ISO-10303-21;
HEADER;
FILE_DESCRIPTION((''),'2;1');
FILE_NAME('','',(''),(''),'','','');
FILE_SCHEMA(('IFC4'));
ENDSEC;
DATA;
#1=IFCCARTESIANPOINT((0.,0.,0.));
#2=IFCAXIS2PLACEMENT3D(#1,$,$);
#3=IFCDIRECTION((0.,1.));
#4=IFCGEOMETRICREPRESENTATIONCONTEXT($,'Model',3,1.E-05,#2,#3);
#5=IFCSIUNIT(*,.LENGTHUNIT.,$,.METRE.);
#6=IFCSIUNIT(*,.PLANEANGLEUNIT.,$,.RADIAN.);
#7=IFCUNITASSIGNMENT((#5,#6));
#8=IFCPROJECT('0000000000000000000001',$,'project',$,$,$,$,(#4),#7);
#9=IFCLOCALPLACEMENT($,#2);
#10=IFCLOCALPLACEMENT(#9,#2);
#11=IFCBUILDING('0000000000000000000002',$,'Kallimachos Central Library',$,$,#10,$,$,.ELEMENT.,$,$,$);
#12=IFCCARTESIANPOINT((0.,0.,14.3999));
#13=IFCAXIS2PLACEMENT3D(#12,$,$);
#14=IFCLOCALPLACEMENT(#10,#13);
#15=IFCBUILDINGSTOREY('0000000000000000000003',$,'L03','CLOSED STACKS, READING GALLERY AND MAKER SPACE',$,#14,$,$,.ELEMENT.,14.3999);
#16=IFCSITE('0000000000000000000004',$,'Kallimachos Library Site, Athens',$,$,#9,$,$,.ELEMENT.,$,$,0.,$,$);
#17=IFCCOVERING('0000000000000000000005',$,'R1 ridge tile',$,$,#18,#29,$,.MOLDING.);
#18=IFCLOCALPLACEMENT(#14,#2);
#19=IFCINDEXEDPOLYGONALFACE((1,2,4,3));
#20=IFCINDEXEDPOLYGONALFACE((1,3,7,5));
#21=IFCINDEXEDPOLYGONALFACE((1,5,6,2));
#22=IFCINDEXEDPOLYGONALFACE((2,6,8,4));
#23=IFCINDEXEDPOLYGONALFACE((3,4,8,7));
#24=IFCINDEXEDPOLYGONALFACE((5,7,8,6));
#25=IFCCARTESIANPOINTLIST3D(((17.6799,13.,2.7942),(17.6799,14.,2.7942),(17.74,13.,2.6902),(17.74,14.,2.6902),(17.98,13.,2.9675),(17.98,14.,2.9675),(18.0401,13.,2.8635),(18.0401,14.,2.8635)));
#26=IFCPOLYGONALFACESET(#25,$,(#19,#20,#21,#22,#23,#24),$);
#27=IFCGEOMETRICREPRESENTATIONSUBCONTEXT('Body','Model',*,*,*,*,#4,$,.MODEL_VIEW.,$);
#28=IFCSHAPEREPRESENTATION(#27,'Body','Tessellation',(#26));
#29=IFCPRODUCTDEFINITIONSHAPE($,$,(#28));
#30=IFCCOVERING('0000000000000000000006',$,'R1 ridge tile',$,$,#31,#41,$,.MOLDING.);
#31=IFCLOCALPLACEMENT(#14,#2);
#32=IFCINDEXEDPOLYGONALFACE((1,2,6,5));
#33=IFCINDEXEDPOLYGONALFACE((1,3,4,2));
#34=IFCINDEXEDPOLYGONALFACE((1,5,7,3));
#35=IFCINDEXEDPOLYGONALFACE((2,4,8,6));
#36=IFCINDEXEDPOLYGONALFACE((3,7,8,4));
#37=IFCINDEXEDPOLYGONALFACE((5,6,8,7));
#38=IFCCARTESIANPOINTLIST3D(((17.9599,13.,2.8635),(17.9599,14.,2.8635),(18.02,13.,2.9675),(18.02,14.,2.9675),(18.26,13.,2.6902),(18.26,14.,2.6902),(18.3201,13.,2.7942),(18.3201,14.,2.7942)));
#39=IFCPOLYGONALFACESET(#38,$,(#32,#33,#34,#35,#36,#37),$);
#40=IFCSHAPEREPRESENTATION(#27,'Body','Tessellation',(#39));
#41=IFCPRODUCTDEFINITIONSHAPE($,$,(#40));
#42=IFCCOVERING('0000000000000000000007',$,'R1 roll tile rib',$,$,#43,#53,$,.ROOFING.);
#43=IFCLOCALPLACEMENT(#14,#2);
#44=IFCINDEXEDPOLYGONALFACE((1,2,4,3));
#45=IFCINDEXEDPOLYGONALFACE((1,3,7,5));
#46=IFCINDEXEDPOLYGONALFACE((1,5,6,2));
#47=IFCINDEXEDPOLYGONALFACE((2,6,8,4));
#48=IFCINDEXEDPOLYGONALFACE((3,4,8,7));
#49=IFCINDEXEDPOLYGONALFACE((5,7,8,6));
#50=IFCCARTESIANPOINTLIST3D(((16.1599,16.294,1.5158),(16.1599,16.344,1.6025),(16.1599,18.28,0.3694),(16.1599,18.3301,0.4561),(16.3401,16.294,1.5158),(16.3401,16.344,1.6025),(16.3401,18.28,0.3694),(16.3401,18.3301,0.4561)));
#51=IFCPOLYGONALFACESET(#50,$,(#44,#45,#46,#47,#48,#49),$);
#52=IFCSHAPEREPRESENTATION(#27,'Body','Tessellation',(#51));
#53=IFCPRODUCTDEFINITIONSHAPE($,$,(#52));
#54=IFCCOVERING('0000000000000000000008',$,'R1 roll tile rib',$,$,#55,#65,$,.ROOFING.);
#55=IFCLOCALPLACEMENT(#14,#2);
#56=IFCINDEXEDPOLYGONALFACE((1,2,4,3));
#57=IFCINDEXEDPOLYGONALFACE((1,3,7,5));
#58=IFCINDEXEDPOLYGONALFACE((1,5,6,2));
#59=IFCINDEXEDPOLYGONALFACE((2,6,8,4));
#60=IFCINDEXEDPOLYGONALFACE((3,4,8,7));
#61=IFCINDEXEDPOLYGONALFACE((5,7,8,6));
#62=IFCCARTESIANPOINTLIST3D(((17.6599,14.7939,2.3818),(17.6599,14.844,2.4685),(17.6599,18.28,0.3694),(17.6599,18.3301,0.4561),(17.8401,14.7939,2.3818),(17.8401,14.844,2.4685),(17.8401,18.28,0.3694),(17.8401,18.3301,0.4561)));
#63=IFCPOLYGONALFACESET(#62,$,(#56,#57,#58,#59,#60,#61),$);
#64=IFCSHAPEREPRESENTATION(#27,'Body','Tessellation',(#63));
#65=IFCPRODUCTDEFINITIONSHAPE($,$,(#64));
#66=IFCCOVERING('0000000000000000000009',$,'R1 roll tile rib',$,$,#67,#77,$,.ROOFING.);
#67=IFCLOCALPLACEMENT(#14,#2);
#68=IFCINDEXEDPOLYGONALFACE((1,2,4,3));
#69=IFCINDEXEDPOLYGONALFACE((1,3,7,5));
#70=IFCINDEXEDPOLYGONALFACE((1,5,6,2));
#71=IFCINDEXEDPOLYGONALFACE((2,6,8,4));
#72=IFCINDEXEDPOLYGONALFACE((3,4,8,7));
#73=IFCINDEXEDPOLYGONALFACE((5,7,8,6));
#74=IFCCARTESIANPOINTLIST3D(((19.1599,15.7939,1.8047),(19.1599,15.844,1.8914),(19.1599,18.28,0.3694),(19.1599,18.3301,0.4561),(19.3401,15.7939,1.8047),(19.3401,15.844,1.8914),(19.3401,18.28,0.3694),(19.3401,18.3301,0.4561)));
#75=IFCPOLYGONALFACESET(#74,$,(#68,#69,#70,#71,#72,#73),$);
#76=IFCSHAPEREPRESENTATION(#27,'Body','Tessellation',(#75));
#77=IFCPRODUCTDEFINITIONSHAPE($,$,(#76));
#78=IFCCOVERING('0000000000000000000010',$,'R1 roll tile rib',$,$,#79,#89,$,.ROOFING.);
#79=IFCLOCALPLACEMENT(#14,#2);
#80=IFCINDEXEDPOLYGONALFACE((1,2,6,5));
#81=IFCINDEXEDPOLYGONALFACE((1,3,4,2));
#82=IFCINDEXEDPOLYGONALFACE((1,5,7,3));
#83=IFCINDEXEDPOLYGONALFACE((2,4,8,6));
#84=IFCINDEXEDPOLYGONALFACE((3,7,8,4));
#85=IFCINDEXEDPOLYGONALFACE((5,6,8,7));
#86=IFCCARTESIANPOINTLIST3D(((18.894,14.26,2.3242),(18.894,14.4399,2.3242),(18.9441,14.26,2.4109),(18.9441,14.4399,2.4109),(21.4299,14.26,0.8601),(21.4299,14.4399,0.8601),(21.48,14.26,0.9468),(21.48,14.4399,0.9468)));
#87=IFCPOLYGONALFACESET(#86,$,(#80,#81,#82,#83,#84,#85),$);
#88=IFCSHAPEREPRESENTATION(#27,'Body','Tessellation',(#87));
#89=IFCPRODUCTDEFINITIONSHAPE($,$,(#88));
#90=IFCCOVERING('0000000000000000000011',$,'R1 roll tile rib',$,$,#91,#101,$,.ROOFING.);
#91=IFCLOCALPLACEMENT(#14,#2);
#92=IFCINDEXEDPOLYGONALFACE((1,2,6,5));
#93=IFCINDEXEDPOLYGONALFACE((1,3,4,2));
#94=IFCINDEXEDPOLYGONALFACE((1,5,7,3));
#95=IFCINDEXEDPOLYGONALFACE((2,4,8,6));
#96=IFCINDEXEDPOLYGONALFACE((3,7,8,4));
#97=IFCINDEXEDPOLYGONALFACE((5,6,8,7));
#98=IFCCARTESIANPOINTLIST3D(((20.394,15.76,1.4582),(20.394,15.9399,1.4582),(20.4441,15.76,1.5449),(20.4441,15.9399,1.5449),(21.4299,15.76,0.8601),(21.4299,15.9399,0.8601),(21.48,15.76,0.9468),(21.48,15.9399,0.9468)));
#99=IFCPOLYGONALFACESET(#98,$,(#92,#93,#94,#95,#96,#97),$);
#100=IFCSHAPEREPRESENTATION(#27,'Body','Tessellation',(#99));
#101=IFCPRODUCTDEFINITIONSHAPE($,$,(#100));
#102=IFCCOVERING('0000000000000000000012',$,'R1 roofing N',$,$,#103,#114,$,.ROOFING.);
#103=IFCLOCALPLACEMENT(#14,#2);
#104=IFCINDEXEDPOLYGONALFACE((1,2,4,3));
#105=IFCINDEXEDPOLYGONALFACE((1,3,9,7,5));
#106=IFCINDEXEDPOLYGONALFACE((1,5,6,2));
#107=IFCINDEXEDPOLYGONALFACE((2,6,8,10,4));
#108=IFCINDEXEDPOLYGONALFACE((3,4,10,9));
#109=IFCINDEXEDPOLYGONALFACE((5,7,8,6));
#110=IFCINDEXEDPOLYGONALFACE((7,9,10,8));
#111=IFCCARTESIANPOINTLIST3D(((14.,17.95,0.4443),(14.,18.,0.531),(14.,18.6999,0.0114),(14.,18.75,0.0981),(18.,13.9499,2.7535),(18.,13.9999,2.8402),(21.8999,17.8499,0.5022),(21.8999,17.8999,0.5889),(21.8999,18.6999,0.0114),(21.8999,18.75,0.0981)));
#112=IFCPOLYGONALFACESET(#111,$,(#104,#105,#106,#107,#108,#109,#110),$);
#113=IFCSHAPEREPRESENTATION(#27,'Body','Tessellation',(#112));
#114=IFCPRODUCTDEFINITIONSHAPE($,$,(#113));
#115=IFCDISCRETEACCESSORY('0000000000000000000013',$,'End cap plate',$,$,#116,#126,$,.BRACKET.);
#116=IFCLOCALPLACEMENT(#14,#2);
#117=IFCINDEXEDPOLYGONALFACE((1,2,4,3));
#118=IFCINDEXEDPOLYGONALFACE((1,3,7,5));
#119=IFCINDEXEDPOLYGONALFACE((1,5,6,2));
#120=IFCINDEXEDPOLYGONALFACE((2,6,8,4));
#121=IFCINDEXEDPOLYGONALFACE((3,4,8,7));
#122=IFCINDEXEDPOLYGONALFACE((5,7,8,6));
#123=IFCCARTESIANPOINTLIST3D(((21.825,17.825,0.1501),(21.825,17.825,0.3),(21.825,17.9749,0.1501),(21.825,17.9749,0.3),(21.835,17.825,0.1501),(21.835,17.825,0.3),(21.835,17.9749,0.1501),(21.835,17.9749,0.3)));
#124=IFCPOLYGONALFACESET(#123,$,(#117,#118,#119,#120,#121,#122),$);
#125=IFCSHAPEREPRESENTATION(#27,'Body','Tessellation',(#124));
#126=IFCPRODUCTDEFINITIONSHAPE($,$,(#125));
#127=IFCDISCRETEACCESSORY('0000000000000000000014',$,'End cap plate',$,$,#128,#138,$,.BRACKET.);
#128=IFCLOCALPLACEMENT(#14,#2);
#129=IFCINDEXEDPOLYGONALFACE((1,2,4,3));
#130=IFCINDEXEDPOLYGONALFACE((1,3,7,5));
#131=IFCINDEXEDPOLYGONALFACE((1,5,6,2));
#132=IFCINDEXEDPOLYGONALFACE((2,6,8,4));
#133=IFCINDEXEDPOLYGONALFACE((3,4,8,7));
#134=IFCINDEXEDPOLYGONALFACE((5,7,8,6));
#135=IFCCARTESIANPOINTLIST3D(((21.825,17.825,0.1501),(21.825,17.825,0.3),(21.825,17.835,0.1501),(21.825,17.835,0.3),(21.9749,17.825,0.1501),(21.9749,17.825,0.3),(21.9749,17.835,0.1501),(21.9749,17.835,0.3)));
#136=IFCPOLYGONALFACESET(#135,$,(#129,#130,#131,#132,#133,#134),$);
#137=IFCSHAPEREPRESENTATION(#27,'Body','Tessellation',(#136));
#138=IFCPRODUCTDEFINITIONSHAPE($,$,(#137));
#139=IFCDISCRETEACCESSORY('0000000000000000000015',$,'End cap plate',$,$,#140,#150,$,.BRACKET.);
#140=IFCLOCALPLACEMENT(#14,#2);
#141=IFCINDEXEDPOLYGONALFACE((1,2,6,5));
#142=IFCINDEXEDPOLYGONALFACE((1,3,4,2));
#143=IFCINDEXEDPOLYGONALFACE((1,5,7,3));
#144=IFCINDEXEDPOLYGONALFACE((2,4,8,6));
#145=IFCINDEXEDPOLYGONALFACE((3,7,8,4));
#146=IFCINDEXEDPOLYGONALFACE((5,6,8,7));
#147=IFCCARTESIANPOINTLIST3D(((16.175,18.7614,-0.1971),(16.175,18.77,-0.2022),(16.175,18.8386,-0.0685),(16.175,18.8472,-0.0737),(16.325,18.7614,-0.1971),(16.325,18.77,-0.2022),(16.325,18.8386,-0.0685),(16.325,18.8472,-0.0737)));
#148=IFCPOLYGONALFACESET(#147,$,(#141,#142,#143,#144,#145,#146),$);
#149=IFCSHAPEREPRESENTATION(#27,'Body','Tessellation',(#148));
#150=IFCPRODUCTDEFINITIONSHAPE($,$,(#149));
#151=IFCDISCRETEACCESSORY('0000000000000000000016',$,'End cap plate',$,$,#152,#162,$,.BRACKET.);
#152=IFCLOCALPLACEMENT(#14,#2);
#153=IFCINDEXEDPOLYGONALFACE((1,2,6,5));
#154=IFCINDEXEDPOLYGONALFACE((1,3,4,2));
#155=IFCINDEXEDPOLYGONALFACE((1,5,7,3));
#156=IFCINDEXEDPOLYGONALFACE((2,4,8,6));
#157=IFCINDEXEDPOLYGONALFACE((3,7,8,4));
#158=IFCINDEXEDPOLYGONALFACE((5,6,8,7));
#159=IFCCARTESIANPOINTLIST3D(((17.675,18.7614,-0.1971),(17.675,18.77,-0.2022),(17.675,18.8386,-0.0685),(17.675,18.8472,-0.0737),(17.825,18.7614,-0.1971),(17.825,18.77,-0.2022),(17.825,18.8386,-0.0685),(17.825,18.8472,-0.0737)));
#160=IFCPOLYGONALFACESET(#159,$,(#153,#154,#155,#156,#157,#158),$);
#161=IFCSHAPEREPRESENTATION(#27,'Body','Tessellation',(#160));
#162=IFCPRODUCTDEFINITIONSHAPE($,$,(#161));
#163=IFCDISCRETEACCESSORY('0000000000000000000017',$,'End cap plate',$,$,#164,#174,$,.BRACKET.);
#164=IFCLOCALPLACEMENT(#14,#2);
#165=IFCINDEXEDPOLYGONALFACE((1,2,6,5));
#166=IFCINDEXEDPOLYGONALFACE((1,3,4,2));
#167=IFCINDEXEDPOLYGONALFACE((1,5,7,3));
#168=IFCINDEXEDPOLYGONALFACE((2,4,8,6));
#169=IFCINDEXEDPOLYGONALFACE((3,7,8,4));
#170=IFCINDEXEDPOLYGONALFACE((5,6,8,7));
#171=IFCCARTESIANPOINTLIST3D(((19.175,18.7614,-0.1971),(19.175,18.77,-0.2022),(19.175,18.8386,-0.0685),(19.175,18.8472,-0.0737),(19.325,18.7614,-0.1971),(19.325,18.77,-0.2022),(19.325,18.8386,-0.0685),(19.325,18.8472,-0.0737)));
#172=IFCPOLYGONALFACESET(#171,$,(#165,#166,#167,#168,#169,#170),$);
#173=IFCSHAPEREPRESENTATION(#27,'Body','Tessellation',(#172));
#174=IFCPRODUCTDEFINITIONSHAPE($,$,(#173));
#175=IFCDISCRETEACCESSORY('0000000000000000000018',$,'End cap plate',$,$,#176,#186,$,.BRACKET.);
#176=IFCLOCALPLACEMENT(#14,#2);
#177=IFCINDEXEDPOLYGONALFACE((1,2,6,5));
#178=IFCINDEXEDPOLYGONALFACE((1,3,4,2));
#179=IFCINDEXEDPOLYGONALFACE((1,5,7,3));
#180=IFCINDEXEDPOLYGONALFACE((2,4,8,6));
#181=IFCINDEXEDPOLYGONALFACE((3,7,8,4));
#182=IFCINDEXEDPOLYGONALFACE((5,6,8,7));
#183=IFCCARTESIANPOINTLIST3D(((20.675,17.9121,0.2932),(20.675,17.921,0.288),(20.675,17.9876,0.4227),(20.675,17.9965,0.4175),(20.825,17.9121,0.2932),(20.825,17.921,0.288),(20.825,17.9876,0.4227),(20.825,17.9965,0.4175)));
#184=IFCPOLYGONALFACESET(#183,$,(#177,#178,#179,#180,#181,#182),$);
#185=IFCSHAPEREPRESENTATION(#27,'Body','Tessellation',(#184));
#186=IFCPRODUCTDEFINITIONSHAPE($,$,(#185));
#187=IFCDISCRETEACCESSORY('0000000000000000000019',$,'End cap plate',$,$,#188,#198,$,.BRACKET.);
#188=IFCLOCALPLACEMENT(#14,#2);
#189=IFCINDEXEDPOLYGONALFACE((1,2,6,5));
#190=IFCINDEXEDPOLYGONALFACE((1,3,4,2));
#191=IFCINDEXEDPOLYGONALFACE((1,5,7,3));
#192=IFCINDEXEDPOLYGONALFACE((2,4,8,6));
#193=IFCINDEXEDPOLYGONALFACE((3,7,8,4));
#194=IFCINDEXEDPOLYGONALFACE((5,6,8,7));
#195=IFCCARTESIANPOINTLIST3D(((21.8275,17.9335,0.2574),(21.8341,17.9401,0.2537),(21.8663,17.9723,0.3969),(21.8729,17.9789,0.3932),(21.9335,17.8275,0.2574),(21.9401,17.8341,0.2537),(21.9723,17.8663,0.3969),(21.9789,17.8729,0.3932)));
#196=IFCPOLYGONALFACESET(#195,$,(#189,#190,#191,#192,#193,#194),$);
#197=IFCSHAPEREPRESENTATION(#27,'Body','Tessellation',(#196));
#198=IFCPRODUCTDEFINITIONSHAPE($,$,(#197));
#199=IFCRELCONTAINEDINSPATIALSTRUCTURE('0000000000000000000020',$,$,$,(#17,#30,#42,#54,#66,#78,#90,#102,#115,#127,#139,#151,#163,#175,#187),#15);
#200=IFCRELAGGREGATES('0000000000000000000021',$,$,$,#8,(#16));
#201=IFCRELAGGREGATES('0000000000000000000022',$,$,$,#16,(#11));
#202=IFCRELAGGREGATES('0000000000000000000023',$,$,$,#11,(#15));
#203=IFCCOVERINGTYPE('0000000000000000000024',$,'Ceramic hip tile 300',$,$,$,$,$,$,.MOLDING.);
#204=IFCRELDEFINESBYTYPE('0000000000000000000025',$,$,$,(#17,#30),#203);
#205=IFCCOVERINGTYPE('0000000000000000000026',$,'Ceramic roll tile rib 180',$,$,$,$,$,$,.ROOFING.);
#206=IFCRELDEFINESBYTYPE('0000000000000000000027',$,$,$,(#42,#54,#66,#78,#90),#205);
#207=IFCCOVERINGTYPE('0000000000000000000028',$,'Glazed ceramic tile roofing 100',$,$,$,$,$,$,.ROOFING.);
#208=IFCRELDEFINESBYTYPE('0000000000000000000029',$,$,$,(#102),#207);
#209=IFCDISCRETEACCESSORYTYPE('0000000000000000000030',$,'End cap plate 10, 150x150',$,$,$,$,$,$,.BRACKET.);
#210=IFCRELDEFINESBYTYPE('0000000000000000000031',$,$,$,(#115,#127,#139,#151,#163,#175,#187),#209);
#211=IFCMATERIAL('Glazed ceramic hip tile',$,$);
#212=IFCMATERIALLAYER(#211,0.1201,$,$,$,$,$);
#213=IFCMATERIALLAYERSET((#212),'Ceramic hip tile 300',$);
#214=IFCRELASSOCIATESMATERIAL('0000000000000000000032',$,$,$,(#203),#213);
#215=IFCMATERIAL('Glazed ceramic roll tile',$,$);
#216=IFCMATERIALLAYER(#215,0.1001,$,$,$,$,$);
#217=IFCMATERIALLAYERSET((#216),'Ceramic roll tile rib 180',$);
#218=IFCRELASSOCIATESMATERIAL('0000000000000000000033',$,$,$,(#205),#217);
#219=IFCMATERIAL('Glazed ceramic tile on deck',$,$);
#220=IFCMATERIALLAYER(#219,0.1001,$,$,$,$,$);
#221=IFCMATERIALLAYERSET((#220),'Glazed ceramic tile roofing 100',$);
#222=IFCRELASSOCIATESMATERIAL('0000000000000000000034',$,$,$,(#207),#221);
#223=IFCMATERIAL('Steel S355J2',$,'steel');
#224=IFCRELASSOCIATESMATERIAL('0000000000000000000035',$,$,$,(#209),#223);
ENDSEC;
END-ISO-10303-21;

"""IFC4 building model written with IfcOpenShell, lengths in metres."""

from ifc_helpers import new_model, si_unit, direction, frame, origin, origin_2d, place, context, subcontext, project, spatial, polyline, rectangle, outline, extrude, material, layer, layer_set, material_profile, profile_set, type_object, element, save


model = new_model("IFC4")

# Units and contexts
model_context = context("Model", 3, precision=1e-05, world=origin(), true_north=direction((0.0, 1.0)))
body_context = subcontext(model_context, "Body", "Model", "MODEL_VIEW")
ifc_project = project(units=[si_unit("LENGTHUNIT", "METRE"), si_unit("PLANEANGLEUNIT", "RADIAN")], contexts=[model_context])

# Site, building, storey
site_placement = place(None, origin())
site = spatial("IfcSite", under=ifc_project, at=site_placement, Name="Kallimachos Library Site, Athens", CompositionType="ELEMENT", RefElevation=0.0)
building_placement = place(site_placement, origin())
building = spatial("IfcBuilding", under=site, at=building_placement, Name="Kallimachos Central Library", CompositionType="ELEMENT")
storey_placement = place(building_placement, frame((0.0, 0.0, 14.3999)))
storey = spatial("IfcBuildingStorey", under=building, at=storey_placement, Name="L03", Description="CLOSED STACKS, READING GALLERY AND MAKER SPACE", CompositionType="ELEMENT", Elevation=14.3999)

# Coverings
ifc_material_1 = material(Name="Glazed ceramic hip tile")
ifc_layer_1 = layer(ifc_material_1, 0.1201)
ifc_layer_set_1 = layer_set([ifc_layer_1], Name="Ceramic hip tile 300")
covering_type_1 = type_object("IfcCoveringType", Name="Ceramic hip tile 300", PredefinedType="MOLDING", material=ifc_layer_set_1)
covering_1_placement = place(storey_placement, frame((17.6799, 13.0, 2.7942), z_axis=(-0.500231, 0.0, 0.865892), x_axis=(0.0, 1.0, 0.0)))
element("IfcCovering", 1, at=covering_1_placement, inside=storey, type_object=covering_type_1, Name="R1 ridge tile", PredefinedType="MOLDING", context=body_context, shape_type="SweptSolid", body=[
    extrude(outline(polyline([(0.0, 0.0), (1.0, 0.0), (1.0, -0.3465), (0.0, -0.3465), (0.0, 0.0)])), origin(), (0.0, 0.0, -1.0), 0.1201),
])
covering_2_placement = place(storey_placement, frame((18.02, 14.0, 2.9675), z_axis=(0.500231, 0.0, 0.865892), x_axis=(0.865892, 0.0, -0.500231)))
element("IfcCovering", 2, at=covering_2_placement, inside=storey, type_object=covering_type_1, Name="R1 ridge tile", PredefinedType="MOLDING", context=body_context, shape_type="SweptSolid", body=[
    extrude(outline(polyline([(0.0, 0.0), (0.3465, 0.0), (0.3465, -1.0), (0.0, -1.0), (0.0, 0.0)])), origin(), (0.0, 0.0, -1.0), 0.1201),
])
ifc_material_2 = material(Name="Glazed ceramic roll tile")
ifc_layer_2 = layer(ifc_material_2, 0.1001)
ifc_layer_set_2 = layer_set([ifc_layer_2], Name="Ceramic roll tile rib 180")
covering_type_2 = type_object("IfcCoveringType", Name="Ceramic roll tile rib 180", PredefinedType="ROOFING", material=ifc_layer_set_2)
covering_3_placement = place(storey_placement, frame((16.1599, 16.344, 1.6025), z_axis=(0.0, 0.499941, 0.86606), x_axis=(0.0, 0.86606, -0.499941)))
element("IfcCovering", 3, at=covering_3_placement, inside=storey, type_object=covering_type_2, Name="R1 roll tile rib", PredefinedType="ROOFING", context=body_context, shape_type="SweptSolid", body=[
    extrude(outline(polyline([(0.0, 0.0), (2.2932, 0.0), (2.2932, -0.1802), (0.0, -0.1802), (0.0, 0.0)])), origin(), (0.0, 0.0, -1.0), 0.1001),
])
covering_4_placement = place(storey_placement, frame((17.6599, 14.844, 2.4685), z_axis=(0.0, 0.499955, 0.866051), x_axis=(0.0, 0.866051, -0.499955)))
element("IfcCovering", 4, at=covering_4_placement, inside=storey, type_object=covering_type_2, Name="R1 roll tile rib", PredefinedType="ROOFING", context=body_context, shape_type="SweptSolid", body=[
    extrude(outline(polyline([(0.0, 0.0), (4.0253, 0.0), (4.0253, -0.1802), (0.0, -0.1802), (0.0, 0.0)])), origin(), (0.0, 0.0, -1.0), 0.1001),
])
covering_5_placement = place(storey_placement, frame((19.1599, 15.844, 1.8914), z_axis=(0.0, 0.49999, 0.866031), x_axis=(0.0, 0.866031, -0.49999)))
element("IfcCovering", 5, at=covering_5_placement, inside=storey, type_object=covering_type_2, Name="R1 roll tile rib", PredefinedType="ROOFING", context=body_context, shape_type="SweptSolid", body=[
    extrude(outline(polyline([(0.0, 0.0), (2.8707, 0.0), (2.8707, -0.1802), (0.0, -0.1802), (0.0, 0.0)])), origin(), (0.0, 0.0, -1.0), 0.1001),
])
covering_6_placement = place(storey_placement, frame((18.9441, 14.26, 2.4109), z_axis=(0.500004, 0.0, 0.866023), x_axis=(0.866023, 0.0, -0.500004)))
element("IfcCovering", 6, at=covering_6_placement, inside=storey, type_object=covering_type_2, Name="R1 roll tile rib", PredefinedType="ROOFING", context=body_context, shape_type="SweptSolid", body=[
    extrude(outline(polyline([(0.0, 0.0), (2.9282, 0.0), (2.9282, 0.1799), (0.0, 0.1799), (0.0, 0.0)])), origin(), (0.0, 0.0, -1.0), 0.1001),
])
covering_7_placement = place(storey_placement, frame((20.4441, 15.76, 1.5449), z_axis=(0.500046, 0.0, 0.865999), x_axis=(0.865999, 0.0, -0.500046)))
element("IfcCovering", 7, at=covering_7_placement, inside=storey, type_object=covering_type_2, Name="R1 roll tile rib", PredefinedType="ROOFING", context=body_context, shape_type="SweptSolid", body=[
    extrude(outline(polyline([(0.0, 0.0), (1.1962, 0.0), (1.1962, 0.1799), (0.0, 0.1799), (0.0, 0.0)])), origin(), (0.0, 0.0, -1.0), 0.1001),
])
ifc_material_3 = material(Name="Glazed ceramic tile on deck")
ifc_layer_3 = layer(ifc_material_3, 0.1001)
ifc_layer_set_3 = layer_set([ifc_layer_3], Name="Glazed ceramic tile roofing 100")
covering_type_3 = type_object("IfcCoveringType", Name="Glazed ceramic tile roofing 100", PredefinedType="ROOFING", material=ifc_layer_set_3)
covering_8_placement = place(storey_placement, frame((21.8999, 17.8999, 0.5889), z_axis=(-0.000007, 0.49996, 0.866049), x_axis=(0.0, 0.866049, -0.49996)))
element("IfcCovering", 8, at=covering_8_placement, inside=storey, type_object=covering_type_3, Name="R1 roofing N", PredefinedType="ROOFING", context=body_context, shape_type="SweptSolid", body=[
    extrude(outline(polyline([(0.0, 0.0), (0.9816, 0.0), (0.9816, 7.8999), (0.1156, 7.8999), (-4.5031, 3.8999), (0.0, 0.0)])), origin(), (0.0, 0.0, -1.0), 0.1001),
])

# Discrete accessories
ifc_material_4 = material(Name="Steel S355J2", Category="steel")
ifc_material_profile_1 = material_profile(ifc_material_4, rectangle(XDim=0.1499, YDim=0.1499, at=origin_2d()), Name="End cap plate 10, 150x150")
ifc_profile_set_1 = profile_set([ifc_material_profile_1], Name="Steel S355J2")
discrete_accessory_type = type_object("IfcDiscreteAccessoryType", Name="End cap plate 10, 150x150", PredefinedType="BRACKET", material=ifc_profile_set_1)
for number, where, z_axis, x_axis, name in (
    (9, (21.825, 17.8999, 0.2251), (1.0, 0.0, 0.0), (0.0, 1.0, 0.0), "End cap plate"),
    (10, (21.8999, 17.825, 0.2251), (0.0, 1.0, 0.0), (-1.0, 0.0, 0.0), "End cap plate"),
    (11, (16.25, 18.8086, -0.1379), (0.0, -0.857493, 0.514496), (1.0, 0.0, 0.0), "End cap plate"),
    (12, (17.75, 18.8086, -0.1379), (0.0, -0.857493, 0.514496), (1.0, 0.0, 0.0), "End cap plate"),
    (13, (19.25, 18.8086, -0.1379), (0.0, -0.857493, 0.514496), (1.0, 0.0, 0.0), "End cap plate"),
):
    element("IfcDiscreteAccessory", number, at=place(storey_placement, frame(where, z_axis=z_axis, x_axis=x_axis)), inside=storey, type_object=discrete_accessory_type, Name=name, PredefinedType="BRACKET", context=body_context, shape_type="SweptSolid", body=[
        extrude(rectangle(XDim=0.1499, YDim=0.1499, at=origin_2d()), origin(), (0.0, 0.0, 1.0), 0.01),
    ])
discrete_accessory_placement = place(storey_placement, frame((20.75, 17.9587, 0.3528), z_axis=(0.0, -0.863779, 0.503871), x_axis=(1.0, 0.0, 0.0)))
element("IfcDiscreteAccessory", 14, at=discrete_accessory_placement, inside=storey, type_object=discrete_accessory_type, Name="End cap plate", PredefinedType="BRACKET", context=body_context, shape_type="SweptSolid", body=[
    extrude(rectangle(XDim=0.1499, YDim=0.1499, at=origin_2d()), origin(), (0.0, 0.0, 1.0), 0.0103),
])
for number, where, z_axis, x_axis, name in (
    (15, (21.9065, 17.9065, 0.3235), (-0.658145, -0.658145, 0.365636), (0.707107, -0.707107, 0.0), "End cap plate"),
):
    element("IfcDiscreteAccessory", number, at=place(storey_placement, frame(where, z_axis=z_axis, x_axis=x_axis)), inside=storey, type_object=discrete_accessory_type, Name=name, PredefinedType="BRACKET", context=body_context, shape_type="SweptSolid", body=[
        extrude(rectangle(XDim=0.1499, YDim=0.1499, at=origin_2d()), origin(), (0.0, 0.0, 1.0), 0.01),
    ])

save(model, "model.ifc")
